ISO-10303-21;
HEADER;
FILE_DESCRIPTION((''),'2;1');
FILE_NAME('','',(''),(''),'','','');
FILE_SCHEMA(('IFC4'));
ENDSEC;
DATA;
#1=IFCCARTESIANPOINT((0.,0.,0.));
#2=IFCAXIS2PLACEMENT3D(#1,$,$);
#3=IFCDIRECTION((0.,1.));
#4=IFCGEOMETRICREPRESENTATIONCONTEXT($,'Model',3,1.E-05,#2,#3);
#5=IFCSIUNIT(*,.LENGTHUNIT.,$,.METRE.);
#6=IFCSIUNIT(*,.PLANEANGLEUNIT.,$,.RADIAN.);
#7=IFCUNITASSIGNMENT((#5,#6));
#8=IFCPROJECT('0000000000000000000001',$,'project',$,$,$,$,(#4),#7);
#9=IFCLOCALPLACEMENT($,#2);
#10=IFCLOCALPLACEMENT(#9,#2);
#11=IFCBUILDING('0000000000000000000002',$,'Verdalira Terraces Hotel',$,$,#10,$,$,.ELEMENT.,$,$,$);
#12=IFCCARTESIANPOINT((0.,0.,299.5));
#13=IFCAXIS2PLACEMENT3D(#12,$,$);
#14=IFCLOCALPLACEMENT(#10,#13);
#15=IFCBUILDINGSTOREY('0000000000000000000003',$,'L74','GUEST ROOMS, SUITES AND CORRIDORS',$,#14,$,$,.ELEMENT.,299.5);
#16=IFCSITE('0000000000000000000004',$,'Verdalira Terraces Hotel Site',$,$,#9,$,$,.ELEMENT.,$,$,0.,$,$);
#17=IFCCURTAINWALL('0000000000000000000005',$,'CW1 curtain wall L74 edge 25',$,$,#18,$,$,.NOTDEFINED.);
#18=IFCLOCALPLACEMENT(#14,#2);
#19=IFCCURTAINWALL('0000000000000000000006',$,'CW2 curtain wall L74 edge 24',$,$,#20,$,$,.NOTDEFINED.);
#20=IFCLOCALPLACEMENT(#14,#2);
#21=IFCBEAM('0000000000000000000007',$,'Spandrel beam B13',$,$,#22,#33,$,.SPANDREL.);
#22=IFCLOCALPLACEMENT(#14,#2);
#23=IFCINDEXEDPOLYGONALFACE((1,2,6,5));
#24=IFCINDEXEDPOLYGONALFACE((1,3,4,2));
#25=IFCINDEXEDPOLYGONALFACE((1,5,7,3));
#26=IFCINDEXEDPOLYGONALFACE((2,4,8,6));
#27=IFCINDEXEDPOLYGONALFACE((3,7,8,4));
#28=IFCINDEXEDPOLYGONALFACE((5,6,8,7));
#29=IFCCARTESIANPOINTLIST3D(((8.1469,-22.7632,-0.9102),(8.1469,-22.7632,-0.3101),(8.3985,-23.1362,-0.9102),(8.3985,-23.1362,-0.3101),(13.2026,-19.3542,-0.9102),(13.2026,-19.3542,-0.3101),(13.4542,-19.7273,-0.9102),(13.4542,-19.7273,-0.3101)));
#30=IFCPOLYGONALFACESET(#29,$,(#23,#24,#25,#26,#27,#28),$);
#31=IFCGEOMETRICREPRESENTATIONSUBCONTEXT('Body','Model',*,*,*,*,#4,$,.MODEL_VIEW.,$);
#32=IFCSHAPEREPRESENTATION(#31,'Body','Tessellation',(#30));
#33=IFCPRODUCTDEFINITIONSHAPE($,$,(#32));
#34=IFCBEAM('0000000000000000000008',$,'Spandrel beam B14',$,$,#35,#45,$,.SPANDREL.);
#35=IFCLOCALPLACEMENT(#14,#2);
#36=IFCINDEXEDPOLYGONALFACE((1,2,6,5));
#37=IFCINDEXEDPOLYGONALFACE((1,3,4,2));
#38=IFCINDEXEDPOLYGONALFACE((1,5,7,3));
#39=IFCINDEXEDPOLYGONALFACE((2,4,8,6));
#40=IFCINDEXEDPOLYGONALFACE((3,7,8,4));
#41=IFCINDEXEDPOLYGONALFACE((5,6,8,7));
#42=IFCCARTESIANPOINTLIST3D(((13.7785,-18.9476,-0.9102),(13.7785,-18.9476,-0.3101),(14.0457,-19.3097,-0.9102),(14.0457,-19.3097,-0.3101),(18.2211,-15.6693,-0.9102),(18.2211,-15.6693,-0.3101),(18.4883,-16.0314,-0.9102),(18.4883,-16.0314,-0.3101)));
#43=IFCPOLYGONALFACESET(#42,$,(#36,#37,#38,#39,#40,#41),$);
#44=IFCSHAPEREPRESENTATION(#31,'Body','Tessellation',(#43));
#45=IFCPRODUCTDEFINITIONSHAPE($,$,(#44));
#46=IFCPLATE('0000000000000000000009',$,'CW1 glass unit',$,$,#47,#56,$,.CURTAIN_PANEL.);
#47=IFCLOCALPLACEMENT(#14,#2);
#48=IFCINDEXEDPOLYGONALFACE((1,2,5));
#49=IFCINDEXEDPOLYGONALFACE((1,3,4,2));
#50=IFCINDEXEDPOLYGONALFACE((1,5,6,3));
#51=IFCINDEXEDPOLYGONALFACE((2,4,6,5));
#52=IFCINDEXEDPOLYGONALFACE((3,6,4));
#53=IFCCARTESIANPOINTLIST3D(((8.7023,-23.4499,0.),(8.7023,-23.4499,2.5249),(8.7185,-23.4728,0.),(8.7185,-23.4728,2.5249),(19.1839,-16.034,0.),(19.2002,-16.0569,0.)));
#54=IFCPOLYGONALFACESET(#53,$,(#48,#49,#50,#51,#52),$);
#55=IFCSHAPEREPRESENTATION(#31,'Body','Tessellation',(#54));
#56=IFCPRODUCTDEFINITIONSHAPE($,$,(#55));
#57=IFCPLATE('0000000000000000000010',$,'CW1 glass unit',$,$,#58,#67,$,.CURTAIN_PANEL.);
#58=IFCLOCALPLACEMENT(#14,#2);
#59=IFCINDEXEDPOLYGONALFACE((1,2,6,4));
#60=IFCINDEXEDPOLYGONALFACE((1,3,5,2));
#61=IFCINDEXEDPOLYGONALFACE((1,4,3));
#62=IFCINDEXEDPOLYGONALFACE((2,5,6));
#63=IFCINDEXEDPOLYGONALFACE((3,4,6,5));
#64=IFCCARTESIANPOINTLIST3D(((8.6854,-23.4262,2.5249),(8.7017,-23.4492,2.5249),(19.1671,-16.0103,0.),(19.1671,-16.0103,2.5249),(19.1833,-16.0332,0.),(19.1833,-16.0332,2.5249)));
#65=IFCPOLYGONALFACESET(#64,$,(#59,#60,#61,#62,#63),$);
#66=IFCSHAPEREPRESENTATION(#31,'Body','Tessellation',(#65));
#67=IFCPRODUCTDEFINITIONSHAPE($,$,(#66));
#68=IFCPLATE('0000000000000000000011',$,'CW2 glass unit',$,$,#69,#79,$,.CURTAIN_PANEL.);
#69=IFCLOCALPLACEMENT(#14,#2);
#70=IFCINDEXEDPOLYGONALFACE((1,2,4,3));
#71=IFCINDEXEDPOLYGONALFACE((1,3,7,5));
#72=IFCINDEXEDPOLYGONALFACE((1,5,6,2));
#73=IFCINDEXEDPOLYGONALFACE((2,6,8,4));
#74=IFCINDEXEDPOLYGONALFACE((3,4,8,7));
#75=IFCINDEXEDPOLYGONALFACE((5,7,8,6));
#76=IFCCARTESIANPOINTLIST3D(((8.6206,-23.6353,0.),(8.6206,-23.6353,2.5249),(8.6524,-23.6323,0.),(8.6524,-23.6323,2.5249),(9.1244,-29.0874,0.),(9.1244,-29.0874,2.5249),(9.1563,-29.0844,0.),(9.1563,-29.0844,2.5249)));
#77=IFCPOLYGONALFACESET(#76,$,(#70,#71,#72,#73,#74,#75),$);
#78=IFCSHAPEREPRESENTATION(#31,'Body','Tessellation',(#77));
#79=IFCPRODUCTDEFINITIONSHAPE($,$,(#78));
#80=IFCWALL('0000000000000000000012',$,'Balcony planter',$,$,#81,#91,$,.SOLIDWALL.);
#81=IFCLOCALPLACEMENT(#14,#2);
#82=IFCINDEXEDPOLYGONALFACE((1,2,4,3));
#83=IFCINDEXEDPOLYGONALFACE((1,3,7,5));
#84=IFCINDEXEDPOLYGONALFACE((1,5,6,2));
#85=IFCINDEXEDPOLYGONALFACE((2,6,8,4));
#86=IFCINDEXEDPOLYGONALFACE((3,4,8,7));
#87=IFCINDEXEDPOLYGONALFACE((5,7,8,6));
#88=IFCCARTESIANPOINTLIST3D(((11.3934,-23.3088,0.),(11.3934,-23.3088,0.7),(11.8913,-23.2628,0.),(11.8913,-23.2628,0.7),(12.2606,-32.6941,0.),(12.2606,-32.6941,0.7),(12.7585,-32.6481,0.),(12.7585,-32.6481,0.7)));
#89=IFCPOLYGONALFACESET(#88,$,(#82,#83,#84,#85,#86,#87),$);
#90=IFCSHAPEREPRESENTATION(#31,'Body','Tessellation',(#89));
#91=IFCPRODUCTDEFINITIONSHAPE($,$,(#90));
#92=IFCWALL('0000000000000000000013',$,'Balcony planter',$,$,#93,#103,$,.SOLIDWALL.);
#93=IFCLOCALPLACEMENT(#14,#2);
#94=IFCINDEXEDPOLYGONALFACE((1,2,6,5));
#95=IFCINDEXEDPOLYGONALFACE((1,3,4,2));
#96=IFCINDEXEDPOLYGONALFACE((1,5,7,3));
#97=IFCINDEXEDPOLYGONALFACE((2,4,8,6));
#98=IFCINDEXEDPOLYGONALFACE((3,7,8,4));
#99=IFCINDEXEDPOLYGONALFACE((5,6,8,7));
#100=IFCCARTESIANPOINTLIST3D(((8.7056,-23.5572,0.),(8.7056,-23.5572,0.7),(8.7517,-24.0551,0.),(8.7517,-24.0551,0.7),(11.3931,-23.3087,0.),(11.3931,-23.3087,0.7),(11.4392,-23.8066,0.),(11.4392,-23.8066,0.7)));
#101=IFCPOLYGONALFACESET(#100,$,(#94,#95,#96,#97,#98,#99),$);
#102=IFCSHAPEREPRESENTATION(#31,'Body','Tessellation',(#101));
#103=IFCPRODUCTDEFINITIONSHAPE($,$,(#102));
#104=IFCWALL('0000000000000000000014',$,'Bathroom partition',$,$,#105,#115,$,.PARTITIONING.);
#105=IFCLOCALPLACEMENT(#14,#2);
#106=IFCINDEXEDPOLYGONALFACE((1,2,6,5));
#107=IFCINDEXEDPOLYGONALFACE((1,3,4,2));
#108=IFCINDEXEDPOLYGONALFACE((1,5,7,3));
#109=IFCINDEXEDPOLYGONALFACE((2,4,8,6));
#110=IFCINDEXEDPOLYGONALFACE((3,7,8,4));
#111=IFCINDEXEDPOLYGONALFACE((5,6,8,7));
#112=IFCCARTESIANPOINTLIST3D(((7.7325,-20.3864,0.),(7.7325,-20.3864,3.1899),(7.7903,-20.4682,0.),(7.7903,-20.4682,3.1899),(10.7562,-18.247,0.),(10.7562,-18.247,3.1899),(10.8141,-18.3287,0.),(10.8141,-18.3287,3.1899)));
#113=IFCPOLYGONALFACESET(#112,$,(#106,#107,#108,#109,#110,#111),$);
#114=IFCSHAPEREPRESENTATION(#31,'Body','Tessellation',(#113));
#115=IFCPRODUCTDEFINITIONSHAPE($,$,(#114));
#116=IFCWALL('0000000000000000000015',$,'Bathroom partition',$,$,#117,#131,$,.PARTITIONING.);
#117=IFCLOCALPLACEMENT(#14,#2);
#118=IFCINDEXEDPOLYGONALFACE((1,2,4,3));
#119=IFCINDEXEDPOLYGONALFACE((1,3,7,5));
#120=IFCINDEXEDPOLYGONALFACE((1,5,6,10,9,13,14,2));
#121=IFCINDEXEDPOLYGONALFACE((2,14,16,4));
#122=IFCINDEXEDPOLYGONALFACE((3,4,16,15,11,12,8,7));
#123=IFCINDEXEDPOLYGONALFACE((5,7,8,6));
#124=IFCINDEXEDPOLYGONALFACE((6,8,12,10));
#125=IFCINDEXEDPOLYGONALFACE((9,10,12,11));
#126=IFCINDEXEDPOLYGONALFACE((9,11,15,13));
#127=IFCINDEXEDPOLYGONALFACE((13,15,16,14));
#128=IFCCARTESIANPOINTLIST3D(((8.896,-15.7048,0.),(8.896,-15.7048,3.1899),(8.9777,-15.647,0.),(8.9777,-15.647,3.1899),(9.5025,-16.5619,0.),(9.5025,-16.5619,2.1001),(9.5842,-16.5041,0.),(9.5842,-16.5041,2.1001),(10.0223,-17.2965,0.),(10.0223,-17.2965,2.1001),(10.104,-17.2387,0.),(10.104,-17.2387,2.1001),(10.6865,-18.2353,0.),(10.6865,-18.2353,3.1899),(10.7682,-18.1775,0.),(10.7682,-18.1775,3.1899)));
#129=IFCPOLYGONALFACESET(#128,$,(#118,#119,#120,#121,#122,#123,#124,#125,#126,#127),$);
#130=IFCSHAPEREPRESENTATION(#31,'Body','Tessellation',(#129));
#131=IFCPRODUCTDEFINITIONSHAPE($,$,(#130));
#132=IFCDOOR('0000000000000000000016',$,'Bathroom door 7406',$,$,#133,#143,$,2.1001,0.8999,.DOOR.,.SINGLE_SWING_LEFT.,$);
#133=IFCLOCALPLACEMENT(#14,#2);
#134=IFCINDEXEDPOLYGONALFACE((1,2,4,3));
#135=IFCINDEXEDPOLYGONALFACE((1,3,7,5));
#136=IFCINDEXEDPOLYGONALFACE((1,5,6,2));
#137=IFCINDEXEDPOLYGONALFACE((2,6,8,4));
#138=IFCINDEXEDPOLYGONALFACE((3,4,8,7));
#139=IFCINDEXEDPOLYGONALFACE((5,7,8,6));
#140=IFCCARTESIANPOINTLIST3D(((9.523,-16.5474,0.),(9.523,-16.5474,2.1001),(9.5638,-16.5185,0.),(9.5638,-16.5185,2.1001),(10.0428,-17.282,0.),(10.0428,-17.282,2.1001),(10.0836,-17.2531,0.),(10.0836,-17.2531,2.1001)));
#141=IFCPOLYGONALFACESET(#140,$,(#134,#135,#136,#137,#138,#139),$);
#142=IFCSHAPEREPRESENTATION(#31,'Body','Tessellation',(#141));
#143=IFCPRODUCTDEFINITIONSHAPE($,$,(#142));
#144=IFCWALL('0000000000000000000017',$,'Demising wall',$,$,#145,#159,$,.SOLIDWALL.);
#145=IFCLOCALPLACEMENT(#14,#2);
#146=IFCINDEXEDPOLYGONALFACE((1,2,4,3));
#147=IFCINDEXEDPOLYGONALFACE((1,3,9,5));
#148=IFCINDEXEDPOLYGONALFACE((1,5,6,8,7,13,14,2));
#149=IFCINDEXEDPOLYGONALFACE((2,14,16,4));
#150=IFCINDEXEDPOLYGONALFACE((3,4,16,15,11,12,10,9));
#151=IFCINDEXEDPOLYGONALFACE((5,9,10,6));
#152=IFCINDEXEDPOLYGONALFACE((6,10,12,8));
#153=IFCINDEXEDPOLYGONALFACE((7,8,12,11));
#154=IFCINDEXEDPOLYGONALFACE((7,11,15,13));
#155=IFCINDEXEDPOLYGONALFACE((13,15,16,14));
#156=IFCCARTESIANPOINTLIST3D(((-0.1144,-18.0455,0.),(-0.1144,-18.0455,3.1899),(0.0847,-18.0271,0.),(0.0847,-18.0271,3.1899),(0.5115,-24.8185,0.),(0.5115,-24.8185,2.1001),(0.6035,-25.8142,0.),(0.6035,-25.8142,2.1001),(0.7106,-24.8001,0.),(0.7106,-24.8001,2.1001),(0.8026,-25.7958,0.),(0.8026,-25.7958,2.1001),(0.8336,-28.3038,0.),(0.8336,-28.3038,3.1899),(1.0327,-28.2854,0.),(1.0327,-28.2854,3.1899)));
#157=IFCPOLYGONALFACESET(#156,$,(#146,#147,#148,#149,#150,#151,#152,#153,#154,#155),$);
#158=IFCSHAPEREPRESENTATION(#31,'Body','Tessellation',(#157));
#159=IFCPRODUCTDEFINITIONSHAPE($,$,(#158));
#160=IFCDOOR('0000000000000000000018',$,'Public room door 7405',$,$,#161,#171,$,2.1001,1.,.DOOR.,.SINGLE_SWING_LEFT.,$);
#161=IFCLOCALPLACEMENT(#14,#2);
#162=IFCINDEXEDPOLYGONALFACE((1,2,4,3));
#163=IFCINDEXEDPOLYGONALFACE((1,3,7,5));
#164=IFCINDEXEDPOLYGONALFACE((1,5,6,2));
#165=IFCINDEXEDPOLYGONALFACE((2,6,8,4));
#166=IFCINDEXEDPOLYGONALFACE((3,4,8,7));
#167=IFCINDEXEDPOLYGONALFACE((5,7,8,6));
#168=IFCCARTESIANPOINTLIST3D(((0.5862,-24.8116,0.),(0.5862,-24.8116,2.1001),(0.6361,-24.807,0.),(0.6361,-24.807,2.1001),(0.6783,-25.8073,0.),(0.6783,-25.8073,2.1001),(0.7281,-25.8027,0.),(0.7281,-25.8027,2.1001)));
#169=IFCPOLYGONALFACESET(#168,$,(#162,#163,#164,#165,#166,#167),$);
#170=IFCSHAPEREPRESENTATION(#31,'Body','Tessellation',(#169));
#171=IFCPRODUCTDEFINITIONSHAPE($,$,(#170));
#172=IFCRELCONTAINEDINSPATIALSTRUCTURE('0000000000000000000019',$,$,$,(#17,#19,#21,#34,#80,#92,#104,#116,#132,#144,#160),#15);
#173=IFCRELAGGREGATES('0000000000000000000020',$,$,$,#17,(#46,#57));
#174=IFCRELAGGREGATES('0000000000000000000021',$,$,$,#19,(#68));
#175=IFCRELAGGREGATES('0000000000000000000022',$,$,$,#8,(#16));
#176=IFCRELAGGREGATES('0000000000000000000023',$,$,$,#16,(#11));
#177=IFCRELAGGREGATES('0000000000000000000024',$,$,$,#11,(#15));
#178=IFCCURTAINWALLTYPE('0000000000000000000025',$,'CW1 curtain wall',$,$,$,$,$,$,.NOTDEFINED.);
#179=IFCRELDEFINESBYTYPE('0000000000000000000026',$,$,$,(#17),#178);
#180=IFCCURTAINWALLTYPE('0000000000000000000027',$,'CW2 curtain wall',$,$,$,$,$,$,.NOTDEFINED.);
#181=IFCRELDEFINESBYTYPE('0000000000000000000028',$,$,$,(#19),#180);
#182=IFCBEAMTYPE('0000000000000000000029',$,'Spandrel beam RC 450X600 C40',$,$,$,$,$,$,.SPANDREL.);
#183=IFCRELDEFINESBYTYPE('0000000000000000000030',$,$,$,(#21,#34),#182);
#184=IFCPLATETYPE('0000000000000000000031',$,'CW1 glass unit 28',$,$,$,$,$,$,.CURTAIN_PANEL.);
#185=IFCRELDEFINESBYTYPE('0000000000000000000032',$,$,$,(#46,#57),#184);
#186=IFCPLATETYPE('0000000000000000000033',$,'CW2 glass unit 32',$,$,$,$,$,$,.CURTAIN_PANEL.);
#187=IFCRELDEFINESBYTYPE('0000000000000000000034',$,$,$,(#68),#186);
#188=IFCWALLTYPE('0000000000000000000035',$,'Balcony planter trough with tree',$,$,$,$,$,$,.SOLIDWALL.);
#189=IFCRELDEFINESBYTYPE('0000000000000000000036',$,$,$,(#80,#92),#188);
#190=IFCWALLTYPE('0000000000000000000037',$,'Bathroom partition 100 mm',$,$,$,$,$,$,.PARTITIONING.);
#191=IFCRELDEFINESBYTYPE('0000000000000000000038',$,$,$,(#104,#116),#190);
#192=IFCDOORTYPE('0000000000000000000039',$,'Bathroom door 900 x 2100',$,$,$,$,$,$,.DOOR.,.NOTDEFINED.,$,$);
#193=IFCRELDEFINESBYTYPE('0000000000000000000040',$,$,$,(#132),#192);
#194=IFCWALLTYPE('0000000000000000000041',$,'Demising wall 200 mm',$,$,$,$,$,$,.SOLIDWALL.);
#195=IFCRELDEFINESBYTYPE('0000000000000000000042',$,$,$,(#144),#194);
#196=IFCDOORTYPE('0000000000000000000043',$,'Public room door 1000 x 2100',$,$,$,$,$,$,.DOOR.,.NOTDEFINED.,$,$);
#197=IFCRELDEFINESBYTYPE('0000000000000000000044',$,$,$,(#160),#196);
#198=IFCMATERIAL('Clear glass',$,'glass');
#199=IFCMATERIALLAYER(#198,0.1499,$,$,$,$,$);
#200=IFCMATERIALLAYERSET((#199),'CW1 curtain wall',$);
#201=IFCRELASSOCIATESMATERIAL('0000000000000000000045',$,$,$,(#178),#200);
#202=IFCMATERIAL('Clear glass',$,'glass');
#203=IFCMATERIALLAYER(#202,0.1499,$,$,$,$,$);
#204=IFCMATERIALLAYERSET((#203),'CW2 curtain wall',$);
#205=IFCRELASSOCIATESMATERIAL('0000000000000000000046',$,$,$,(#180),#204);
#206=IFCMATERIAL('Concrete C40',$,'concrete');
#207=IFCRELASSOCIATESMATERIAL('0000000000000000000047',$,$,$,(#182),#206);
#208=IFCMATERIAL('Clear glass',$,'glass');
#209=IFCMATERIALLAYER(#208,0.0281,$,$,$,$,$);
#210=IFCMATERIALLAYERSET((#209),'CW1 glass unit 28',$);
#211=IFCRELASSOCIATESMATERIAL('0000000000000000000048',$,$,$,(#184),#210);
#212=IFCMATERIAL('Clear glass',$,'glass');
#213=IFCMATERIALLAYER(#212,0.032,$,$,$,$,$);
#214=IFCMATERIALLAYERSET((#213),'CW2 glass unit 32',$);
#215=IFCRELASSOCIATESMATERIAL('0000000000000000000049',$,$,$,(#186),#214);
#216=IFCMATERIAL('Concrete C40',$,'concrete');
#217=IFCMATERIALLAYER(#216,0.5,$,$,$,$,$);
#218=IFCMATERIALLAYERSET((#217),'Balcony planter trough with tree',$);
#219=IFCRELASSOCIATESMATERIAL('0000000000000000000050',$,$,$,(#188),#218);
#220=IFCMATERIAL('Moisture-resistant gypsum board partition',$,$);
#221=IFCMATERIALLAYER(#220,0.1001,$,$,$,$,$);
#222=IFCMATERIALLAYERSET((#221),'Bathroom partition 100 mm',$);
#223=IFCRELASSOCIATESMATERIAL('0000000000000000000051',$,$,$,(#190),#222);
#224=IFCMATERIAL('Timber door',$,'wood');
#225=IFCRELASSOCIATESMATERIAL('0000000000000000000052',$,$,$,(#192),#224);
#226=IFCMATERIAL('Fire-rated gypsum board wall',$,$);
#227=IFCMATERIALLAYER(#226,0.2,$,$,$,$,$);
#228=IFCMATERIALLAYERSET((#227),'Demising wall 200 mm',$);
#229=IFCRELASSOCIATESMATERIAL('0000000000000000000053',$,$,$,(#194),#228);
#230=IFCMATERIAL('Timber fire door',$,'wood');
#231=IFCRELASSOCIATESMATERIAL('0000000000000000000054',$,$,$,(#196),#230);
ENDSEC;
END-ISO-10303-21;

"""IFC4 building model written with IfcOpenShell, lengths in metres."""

from ifc_helpers import new_model, si_unit, direction, frame, frame_2d, origin, origin_2d, place, context, subcontext, project, spatial, polyline, rectangle, outline, extrude, material, layer, layer_set, material_profile, profile_set, type_object, element, fill, aggregate, save


model = new_model("IFC4")

# Units and contexts
model_context = context("Model", 3, precision=1e-05, world=origin(), true_north=direction((0.0, 1.0)))
body_context = subcontext(model_context, "Body", "Model", "MODEL_VIEW")
ifc_project = project(units=[si_unit("LENGTHUNIT", "METRE"), si_unit("PLANEANGLEUNIT", "RADIAN")], contexts=[model_context])

# Site, building, storey
site_placement = place(None, origin())
site = spatial("IfcSite", under=ifc_project, at=site_placement, Name="Verdalira Terraces Hotel Site", CompositionType="ELEMENT", RefElevation=0.0)
building_placement = place(site_placement, origin())
building = spatial("IfcBuilding", under=site, at=building_placement, Name="Verdalira Terraces Hotel", CompositionType="ELEMENT")
storey_placement = place(building_placement, frame((0.0, 0.0, 299.5)))
storey = spatial("IfcBuildingStorey", under=building, at=storey_placement, Name="L74", Description="GUEST ROOMS, SUITES AND CORRIDORS", CompositionType="ELEMENT", Elevation=299.5)

# Curtain wall
ifc_material_1 = material(Name="Clear glass", Category="glass")
ifc_layer_1 = layer(ifc_material_1, 0.1499)
ifc_layer_set_1 = layer_set([ifc_layer_1], Name="CW1 curtain wall")
curtain_wall_type_1 = type_object("IfcCurtainWallType", Name="CW1 curtain wall", PredefinedType="NOTDEFINED", material=ifc_layer_set_1)
curtain_wall_1_placement = place(storey_placement, origin())
curtain_wall_1 = element("IfcCurtainWall", 1, at=curtain_wall_1_placement, inside=storey, type_object=curtain_wall_type_1, Name="CW1 curtain wall L74 edge 25", PredefinedType="NOTDEFINED")

# Curtain wall
ifc_material_2 = material(Name="Clear glass", Category="glass")
ifc_layer_2 = layer(ifc_material_2, 0.1499)
ifc_layer_set_2 = layer_set([ifc_layer_2], Name="CW2 curtain wall")
curtain_wall_type_2 = type_object("IfcCurtainWallType", Name="CW2 curtain wall", PredefinedType="NOTDEFINED", material=ifc_layer_set_2)
curtain_wall_2_placement = place(storey_placement, origin())
curtain_wall_2 = element("IfcCurtainWall", 2, at=curtain_wall_2_placement, inside=storey, type_object=curtain_wall_type_2, Name="CW2 curtain wall L74 edge 24", PredefinedType="NOTDEFINED")

# Beams
ifc_material_3 = material(Name="Concrete C40", Category="concrete")
ifc_material_profile_1 = material_profile(ifc_material_3, rectangle(XDim=0.45, YDim=0.6001, at=origin_2d()), Name="RC 450X600")
ifc_profile_set_1 = profile_set([ifc_material_profile_1], Name="Concrete C40")
beam_type_1 = type_object("IfcBeamType", Name="Spandrel beam RC 450X600 C40", PredefinedType="SPANDREL", material=ifc_profile_set_1)
beam_1_placement = place(storey_placement, frame((8.2727, -22.9497, -0.6101), z_axis=(0.829125, 0.559063, 0.0), x_axis=(-0.559063, 0.829125, 0.0)))
element("IfcBeam", 3, at=beam_1_placement, inside=storey, type_object=beam_type_1, Name="Spandrel beam B13", PredefinedType="SPANDREL", context=body_context, shape_type="SweptSolid", body=[
    extrude(rectangle(XDim=0.45, YDim=0.6001, at=origin_2d()), origin(), (0.0, 0.0, 1.0), 6.0977),
])
beam_2_placement = place(storey_placement, frame((13.9121, -19.1287, -0.6101), z_axis=(0.80464, 0.593763, 0.0), x_axis=(-0.593763, 0.80464, 0.0)))
element("IfcBeam", 4, at=beam_2_placement, inside=storey, type_object=beam_type_1, Name="Spandrel beam B14", PredefinedType="SPANDREL", context=body_context, shape_type="SweptSolid", body=[
    extrude(rectangle(XDim=0.45, YDim=0.6001, at=origin_2d()), origin(), (0.0, 0.0, 1.0), 5.5212),
])

# Plates
ifc_material_4 = material(Name="Clear glass", Category="glass")
ifc_layer_3 = layer(ifc_material_4, 0.0281)
ifc_layer_set_3 = layer_set([ifc_layer_3], Name="CW1 glass unit 28")
plate_type_1 = type_object("IfcPlateType", Name="CW1 glass unit 28", PredefinedType="CURTAIN_PANEL", material=ifc_layer_set_3)
plate_1_placement = place(storey_placement, frame((13.9431, -19.7419, 1.2625), z_axis=(0.577573, -0.816339, 0.0), x_axis=(0.816339, 0.577573, 0.0)))
plate_1 = element("IfcPlate", 5, at=plate_1_placement, type_object=plate_type_1, Name="CW1 glass unit", PredefinedType="CURTAIN_PANEL", context=body_context, shape_type="SweptSolid", body=[
    extrude(outline(polyline([(-6.4199, -1.2625), (6.4199, -1.2625), (-6.4199, 1.2625), (-6.4199, -1.2625)])), origin(), (0.0, 0.0, 1.0), 0.0281),
])
plate_2_placement = place(storey_placement, frame((13.9263, -19.7183, 1.2625), z_axis=(0.577573, -0.816339, 0.0), x_axis=(0.816339, 0.577573, 0.0)))
plate_2 = element("IfcPlate", 6, at=plate_2_placement, type_object=plate_type_1, Name="CW1 glass unit", PredefinedType="CURTAIN_PANEL", context=body_context, shape_type="SweptSolid", body=[
    extrude(outline(polyline([(6.4199, -1.2625), (6.4199, 1.2625), (-6.4199, 1.2625), (6.4199, -1.2625)])), origin(), (0.0, 0.0, 1.0), 0.0281),
])
aggregate(curtain_wall_1, [plate_1, plate_2])
ifc_material_5 = material(Name="Clear glass", Category="glass")
ifc_layer_4 = layer(ifc_material_5, 0.032)
ifc_layer_set_4 = layer_set([ifc_layer_4], Name="CW2 glass unit 32")
plate_type_2 = type_object("IfcPlateType", Name="CW2 glass unit 32", PredefinedType="CURTAIN_PANEL", material=ifc_layer_set_4)
plate_3_placement = place(storey_placement, frame((8.8884, -26.3599, 0.0), z_axis=(0.0, 0.0, 1.0), x_axis=(-0.092023, 0.995757, 0.0)))
plate_3 = element("IfcPlate", 7, at=plate_3_placement, type_object=plate_type_2, Name="CW2 glass unit", PredefinedType="CURTAIN_PANEL", context=body_context, shape_type="SweptSolid", body=[
    extrude(rectangle(XDim=5.4753, YDim=0.032, at=origin_2d()), origin(), (0.0, 0.0, 1.0), 2.5249),
])
aggregate(curtain_wall_2, [plate_3])

# Walls
ifc_material_6 = material(Name="Concrete C40", Category="concrete")
ifc_layer_5 = layer(ifc_material_6, 0.5)
ifc_layer_set_5 = layer_set([ifc_layer_5], Name="Balcony planter trough with tree")
wall_type_1 = type_object("IfcWallType", Name="Balcony planter trough with tree", PredefinedType="SOLIDWALL", material=ifc_layer_set_5)
wall_1_placement = place(storey_placement, frame((12.5095, -32.6711, 0.0), z_axis=(0.0, 0.0, 1.0), x_axis=(-0.092007, 0.995758, 0.0)))
element("IfcWall", 8, at=wall_1_placement, inside=storey, type_object=wall_type_1, Name="Balcony planter", PredefinedType="SOLIDWALL", context=body_context, shape_type="SweptSolid", body=[
    extrude(rectangle(XDim=9.4253, YDim=0.5, at=frame_2d((4.7126, 0.0))), origin(), (0.0, 0.0, 1.0), 0.7),
])
wall_2_placement = place(storey_placement, frame((11.4163, -23.5576, 0.0), z_axis=(0.0, 0.0, 1.0), x_axis=(-0.995751, -0.092085, 0.0)))
element("IfcWall", 9, at=wall_2_placement, inside=storey, type_object=wall_type_1, Name="Balcony planter", PredefinedType="SOLIDWALL", context=body_context, shape_type="SweptSolid", body=[
    extrude(rectangle(XDim=2.699, YDim=0.5, at=frame_2d((1.3496, 0.0))), origin(), (0.0, 0.0, 1.0), 0.7),
])
ifc_material_7 = material(Name="Moisture-resistant gypsum board partition")
ifc_layer_6 = layer(ifc_material_7, 0.1001)
ifc_layer_set_6 = layer_set([ifc_layer_6], Name="Bathroom partition 100 mm")
wall_type_2 = type_object("IfcWallType", Name="Bathroom partition 100 mm", PredefinedType="PARTITIONING", material=ifc_layer_set_6)
wall_3_placement = place(storey_placement, frame((10.7852, -18.2878, 0.0), z_axis=(0.0, 0.0, 1.0), x_axis=(-0.816326, -0.577591, 0.0)))
element("IfcWall", 10, at=wall_3_placement, inside=storey, type_object=wall_type_2, Name="Bathroom partition", PredefinedType="PARTITIONING", context=body_context, shape_type="SweptSolid", body=[
    extrude(rectangle(XDim=3.7041, YDim=0.1001, at=frame_2d((1.8521, 0.0))), origin(), (0.0, 0.0, 1.0), 3.1899),
])

# Walls, openings, doors
wall_4_placement = place(storey_placement, frame((10.7273, -18.2063, 0.0), z_axis=(0.0, 0.0, 1.0), x_axis=(-0.577604, 0.816317, 0.0)))
wall_4 = element("IfcWall", 11, at=wall_4_placement, inside=storey, type_object=wall_type_2, Name="Bathroom partition", PredefinedType="PARTITIONING", context=body_context, shape_type="SweptSolid", body=[
    extrude(rectangle(XDim=3.0999, YDim=0.1001, at=frame_2d((1.5498, 0.0))), origin(), (0.0, 0.0, 1.0), 3.1899),
])
opening_1_placement = place(wall_4_placement, frame((1.1499, 0.0, 0.0)))
opening_1 = element("IfcOpeningElement", 12, at=opening_1_placement, cuts=wall_4, PredefinedType="OPENING", context=body_context, shape_type="SweptSolid", body=[
    extrude(rectangle(XDim=0.8999, YDim=2.1001, at=frame_2d((0.45, 1.05))), frame((0.0, 0.0601, 0.0), z_axis=(0.0, -1.0, 0.0), x_axis=(1.0, 0.0, 0.0)), (0.0, 0.0, 1.0), 0.1201),
])
ifc_material_8 = material(Name="Timber door", Category="wood")
door_type_1 = type_object("IfcDoorType", Name="Bathroom door 900 x 2100", OperationType="NOTDEFINED", PredefinedType="DOOR", material=ifc_material_8)
door_1_placement = place(opening_1_placement, origin())
door_1 = element("IfcDoor", 13, at=door_1_placement, inside=storey, type_object=door_type_1, Name="Bathroom door 7406", OperationType="SINGLE_SWING_LEFT", OverallHeight=2.1001, OverallWidth=0.8999, PredefinedType="DOOR", context=body_context, shape_type="SweptSolid", body=[
    extrude(rectangle(XDim=0.8999, YDim=2.1001, at=frame_2d((0.45, 1.05))), frame((0.0, 0.0249, 0.0), z_axis=(0.0, -1.0, 0.0), x_axis=(1.0, 0.0, 0.0)), (0.0, 0.0, 1.0), 0.05),
])
fill(opening_1, door_1)
ifc_material_9 = material(Name="Fire-rated gypsum board wall")
ifc_layer_7 = layer(ifc_material_9, 0.2)
ifc_layer_set_7 = layer_set([ifc_layer_7], Name="Demising wall 200 mm")
wall_type_3 = type_object("IfcWallType", Name="Demising wall 200 mm", PredefinedType="SOLIDWALL", material=ifc_layer_set_7)
wall_5_placement = place(storey_placement, frame((0.9331, -28.2944, 0.0), z_axis=(0.0, 0.0, 1.0), x_axis=(-0.092021, 0.995757, 0.0)))
wall_5 = element("IfcWall", 14, at=wall_5_placement, inside=storey, type_object=wall_type_3, Name="Demising wall", PredefinedType="SOLIDWALL", context=body_context, shape_type="SweptSolid", body=[
    extrude(rectangle(XDim=10.302, YDim=0.2, at=frame_2d((5.1509, 0.0))), origin(), (0.0, 0.0, 1.0), 3.1899),
])
opening_2_placement = place(wall_5_placement, frame((2.5, 0.0, 0.0)))
opening_2 = element("IfcOpeningElement", 15, at=opening_2_placement, cuts=wall_5, PredefinedType="OPENING", context=body_context, shape_type="SweptSolid", body=[
    extrude(rectangle(XDim=1.0, YDim=2.1001, at=frame_2d((0.5, 1.05))), frame((0.0, 0.1099, 0.0), z_axis=(0.0, -1.0, 0.0), x_axis=(1.0, 0.0, 0.0)), (0.0, 0.0, 1.0), 0.22),
])
ifc_material_10 = material(Name="Timber fire door", Category="wood")
door_type_2 = type_object("IfcDoorType", Name="Public room door 1000 x 2100", OperationType="NOTDEFINED", PredefinedType="DOOR", material=ifc_material_10)
door_2_placement = place(opening_2_placement, origin())
door_2 = element("IfcDoor", 16, at=door_2_placement, inside=storey, type_object=door_type_2, Name="Public room door 7405", OperationType="SINGLE_SWING_LEFT", OverallHeight=2.1001, OverallWidth=1.0, PredefinedType="DOOR", context=body_context, shape_type="SweptSolid", body=[
    extrude(rectangle(XDim=1.0, YDim=2.1001, at=frame_2d((0.5, 1.05))), frame((0.0, 0.0249, 0.0), z_axis=(0.0, -1.0, 0.0), x_axis=(1.0, 0.0, 0.0)), (0.0, 0.0, 1.0), 0.05),
])
fill(opening_2, door_2)

save(model, "model.ifc")
